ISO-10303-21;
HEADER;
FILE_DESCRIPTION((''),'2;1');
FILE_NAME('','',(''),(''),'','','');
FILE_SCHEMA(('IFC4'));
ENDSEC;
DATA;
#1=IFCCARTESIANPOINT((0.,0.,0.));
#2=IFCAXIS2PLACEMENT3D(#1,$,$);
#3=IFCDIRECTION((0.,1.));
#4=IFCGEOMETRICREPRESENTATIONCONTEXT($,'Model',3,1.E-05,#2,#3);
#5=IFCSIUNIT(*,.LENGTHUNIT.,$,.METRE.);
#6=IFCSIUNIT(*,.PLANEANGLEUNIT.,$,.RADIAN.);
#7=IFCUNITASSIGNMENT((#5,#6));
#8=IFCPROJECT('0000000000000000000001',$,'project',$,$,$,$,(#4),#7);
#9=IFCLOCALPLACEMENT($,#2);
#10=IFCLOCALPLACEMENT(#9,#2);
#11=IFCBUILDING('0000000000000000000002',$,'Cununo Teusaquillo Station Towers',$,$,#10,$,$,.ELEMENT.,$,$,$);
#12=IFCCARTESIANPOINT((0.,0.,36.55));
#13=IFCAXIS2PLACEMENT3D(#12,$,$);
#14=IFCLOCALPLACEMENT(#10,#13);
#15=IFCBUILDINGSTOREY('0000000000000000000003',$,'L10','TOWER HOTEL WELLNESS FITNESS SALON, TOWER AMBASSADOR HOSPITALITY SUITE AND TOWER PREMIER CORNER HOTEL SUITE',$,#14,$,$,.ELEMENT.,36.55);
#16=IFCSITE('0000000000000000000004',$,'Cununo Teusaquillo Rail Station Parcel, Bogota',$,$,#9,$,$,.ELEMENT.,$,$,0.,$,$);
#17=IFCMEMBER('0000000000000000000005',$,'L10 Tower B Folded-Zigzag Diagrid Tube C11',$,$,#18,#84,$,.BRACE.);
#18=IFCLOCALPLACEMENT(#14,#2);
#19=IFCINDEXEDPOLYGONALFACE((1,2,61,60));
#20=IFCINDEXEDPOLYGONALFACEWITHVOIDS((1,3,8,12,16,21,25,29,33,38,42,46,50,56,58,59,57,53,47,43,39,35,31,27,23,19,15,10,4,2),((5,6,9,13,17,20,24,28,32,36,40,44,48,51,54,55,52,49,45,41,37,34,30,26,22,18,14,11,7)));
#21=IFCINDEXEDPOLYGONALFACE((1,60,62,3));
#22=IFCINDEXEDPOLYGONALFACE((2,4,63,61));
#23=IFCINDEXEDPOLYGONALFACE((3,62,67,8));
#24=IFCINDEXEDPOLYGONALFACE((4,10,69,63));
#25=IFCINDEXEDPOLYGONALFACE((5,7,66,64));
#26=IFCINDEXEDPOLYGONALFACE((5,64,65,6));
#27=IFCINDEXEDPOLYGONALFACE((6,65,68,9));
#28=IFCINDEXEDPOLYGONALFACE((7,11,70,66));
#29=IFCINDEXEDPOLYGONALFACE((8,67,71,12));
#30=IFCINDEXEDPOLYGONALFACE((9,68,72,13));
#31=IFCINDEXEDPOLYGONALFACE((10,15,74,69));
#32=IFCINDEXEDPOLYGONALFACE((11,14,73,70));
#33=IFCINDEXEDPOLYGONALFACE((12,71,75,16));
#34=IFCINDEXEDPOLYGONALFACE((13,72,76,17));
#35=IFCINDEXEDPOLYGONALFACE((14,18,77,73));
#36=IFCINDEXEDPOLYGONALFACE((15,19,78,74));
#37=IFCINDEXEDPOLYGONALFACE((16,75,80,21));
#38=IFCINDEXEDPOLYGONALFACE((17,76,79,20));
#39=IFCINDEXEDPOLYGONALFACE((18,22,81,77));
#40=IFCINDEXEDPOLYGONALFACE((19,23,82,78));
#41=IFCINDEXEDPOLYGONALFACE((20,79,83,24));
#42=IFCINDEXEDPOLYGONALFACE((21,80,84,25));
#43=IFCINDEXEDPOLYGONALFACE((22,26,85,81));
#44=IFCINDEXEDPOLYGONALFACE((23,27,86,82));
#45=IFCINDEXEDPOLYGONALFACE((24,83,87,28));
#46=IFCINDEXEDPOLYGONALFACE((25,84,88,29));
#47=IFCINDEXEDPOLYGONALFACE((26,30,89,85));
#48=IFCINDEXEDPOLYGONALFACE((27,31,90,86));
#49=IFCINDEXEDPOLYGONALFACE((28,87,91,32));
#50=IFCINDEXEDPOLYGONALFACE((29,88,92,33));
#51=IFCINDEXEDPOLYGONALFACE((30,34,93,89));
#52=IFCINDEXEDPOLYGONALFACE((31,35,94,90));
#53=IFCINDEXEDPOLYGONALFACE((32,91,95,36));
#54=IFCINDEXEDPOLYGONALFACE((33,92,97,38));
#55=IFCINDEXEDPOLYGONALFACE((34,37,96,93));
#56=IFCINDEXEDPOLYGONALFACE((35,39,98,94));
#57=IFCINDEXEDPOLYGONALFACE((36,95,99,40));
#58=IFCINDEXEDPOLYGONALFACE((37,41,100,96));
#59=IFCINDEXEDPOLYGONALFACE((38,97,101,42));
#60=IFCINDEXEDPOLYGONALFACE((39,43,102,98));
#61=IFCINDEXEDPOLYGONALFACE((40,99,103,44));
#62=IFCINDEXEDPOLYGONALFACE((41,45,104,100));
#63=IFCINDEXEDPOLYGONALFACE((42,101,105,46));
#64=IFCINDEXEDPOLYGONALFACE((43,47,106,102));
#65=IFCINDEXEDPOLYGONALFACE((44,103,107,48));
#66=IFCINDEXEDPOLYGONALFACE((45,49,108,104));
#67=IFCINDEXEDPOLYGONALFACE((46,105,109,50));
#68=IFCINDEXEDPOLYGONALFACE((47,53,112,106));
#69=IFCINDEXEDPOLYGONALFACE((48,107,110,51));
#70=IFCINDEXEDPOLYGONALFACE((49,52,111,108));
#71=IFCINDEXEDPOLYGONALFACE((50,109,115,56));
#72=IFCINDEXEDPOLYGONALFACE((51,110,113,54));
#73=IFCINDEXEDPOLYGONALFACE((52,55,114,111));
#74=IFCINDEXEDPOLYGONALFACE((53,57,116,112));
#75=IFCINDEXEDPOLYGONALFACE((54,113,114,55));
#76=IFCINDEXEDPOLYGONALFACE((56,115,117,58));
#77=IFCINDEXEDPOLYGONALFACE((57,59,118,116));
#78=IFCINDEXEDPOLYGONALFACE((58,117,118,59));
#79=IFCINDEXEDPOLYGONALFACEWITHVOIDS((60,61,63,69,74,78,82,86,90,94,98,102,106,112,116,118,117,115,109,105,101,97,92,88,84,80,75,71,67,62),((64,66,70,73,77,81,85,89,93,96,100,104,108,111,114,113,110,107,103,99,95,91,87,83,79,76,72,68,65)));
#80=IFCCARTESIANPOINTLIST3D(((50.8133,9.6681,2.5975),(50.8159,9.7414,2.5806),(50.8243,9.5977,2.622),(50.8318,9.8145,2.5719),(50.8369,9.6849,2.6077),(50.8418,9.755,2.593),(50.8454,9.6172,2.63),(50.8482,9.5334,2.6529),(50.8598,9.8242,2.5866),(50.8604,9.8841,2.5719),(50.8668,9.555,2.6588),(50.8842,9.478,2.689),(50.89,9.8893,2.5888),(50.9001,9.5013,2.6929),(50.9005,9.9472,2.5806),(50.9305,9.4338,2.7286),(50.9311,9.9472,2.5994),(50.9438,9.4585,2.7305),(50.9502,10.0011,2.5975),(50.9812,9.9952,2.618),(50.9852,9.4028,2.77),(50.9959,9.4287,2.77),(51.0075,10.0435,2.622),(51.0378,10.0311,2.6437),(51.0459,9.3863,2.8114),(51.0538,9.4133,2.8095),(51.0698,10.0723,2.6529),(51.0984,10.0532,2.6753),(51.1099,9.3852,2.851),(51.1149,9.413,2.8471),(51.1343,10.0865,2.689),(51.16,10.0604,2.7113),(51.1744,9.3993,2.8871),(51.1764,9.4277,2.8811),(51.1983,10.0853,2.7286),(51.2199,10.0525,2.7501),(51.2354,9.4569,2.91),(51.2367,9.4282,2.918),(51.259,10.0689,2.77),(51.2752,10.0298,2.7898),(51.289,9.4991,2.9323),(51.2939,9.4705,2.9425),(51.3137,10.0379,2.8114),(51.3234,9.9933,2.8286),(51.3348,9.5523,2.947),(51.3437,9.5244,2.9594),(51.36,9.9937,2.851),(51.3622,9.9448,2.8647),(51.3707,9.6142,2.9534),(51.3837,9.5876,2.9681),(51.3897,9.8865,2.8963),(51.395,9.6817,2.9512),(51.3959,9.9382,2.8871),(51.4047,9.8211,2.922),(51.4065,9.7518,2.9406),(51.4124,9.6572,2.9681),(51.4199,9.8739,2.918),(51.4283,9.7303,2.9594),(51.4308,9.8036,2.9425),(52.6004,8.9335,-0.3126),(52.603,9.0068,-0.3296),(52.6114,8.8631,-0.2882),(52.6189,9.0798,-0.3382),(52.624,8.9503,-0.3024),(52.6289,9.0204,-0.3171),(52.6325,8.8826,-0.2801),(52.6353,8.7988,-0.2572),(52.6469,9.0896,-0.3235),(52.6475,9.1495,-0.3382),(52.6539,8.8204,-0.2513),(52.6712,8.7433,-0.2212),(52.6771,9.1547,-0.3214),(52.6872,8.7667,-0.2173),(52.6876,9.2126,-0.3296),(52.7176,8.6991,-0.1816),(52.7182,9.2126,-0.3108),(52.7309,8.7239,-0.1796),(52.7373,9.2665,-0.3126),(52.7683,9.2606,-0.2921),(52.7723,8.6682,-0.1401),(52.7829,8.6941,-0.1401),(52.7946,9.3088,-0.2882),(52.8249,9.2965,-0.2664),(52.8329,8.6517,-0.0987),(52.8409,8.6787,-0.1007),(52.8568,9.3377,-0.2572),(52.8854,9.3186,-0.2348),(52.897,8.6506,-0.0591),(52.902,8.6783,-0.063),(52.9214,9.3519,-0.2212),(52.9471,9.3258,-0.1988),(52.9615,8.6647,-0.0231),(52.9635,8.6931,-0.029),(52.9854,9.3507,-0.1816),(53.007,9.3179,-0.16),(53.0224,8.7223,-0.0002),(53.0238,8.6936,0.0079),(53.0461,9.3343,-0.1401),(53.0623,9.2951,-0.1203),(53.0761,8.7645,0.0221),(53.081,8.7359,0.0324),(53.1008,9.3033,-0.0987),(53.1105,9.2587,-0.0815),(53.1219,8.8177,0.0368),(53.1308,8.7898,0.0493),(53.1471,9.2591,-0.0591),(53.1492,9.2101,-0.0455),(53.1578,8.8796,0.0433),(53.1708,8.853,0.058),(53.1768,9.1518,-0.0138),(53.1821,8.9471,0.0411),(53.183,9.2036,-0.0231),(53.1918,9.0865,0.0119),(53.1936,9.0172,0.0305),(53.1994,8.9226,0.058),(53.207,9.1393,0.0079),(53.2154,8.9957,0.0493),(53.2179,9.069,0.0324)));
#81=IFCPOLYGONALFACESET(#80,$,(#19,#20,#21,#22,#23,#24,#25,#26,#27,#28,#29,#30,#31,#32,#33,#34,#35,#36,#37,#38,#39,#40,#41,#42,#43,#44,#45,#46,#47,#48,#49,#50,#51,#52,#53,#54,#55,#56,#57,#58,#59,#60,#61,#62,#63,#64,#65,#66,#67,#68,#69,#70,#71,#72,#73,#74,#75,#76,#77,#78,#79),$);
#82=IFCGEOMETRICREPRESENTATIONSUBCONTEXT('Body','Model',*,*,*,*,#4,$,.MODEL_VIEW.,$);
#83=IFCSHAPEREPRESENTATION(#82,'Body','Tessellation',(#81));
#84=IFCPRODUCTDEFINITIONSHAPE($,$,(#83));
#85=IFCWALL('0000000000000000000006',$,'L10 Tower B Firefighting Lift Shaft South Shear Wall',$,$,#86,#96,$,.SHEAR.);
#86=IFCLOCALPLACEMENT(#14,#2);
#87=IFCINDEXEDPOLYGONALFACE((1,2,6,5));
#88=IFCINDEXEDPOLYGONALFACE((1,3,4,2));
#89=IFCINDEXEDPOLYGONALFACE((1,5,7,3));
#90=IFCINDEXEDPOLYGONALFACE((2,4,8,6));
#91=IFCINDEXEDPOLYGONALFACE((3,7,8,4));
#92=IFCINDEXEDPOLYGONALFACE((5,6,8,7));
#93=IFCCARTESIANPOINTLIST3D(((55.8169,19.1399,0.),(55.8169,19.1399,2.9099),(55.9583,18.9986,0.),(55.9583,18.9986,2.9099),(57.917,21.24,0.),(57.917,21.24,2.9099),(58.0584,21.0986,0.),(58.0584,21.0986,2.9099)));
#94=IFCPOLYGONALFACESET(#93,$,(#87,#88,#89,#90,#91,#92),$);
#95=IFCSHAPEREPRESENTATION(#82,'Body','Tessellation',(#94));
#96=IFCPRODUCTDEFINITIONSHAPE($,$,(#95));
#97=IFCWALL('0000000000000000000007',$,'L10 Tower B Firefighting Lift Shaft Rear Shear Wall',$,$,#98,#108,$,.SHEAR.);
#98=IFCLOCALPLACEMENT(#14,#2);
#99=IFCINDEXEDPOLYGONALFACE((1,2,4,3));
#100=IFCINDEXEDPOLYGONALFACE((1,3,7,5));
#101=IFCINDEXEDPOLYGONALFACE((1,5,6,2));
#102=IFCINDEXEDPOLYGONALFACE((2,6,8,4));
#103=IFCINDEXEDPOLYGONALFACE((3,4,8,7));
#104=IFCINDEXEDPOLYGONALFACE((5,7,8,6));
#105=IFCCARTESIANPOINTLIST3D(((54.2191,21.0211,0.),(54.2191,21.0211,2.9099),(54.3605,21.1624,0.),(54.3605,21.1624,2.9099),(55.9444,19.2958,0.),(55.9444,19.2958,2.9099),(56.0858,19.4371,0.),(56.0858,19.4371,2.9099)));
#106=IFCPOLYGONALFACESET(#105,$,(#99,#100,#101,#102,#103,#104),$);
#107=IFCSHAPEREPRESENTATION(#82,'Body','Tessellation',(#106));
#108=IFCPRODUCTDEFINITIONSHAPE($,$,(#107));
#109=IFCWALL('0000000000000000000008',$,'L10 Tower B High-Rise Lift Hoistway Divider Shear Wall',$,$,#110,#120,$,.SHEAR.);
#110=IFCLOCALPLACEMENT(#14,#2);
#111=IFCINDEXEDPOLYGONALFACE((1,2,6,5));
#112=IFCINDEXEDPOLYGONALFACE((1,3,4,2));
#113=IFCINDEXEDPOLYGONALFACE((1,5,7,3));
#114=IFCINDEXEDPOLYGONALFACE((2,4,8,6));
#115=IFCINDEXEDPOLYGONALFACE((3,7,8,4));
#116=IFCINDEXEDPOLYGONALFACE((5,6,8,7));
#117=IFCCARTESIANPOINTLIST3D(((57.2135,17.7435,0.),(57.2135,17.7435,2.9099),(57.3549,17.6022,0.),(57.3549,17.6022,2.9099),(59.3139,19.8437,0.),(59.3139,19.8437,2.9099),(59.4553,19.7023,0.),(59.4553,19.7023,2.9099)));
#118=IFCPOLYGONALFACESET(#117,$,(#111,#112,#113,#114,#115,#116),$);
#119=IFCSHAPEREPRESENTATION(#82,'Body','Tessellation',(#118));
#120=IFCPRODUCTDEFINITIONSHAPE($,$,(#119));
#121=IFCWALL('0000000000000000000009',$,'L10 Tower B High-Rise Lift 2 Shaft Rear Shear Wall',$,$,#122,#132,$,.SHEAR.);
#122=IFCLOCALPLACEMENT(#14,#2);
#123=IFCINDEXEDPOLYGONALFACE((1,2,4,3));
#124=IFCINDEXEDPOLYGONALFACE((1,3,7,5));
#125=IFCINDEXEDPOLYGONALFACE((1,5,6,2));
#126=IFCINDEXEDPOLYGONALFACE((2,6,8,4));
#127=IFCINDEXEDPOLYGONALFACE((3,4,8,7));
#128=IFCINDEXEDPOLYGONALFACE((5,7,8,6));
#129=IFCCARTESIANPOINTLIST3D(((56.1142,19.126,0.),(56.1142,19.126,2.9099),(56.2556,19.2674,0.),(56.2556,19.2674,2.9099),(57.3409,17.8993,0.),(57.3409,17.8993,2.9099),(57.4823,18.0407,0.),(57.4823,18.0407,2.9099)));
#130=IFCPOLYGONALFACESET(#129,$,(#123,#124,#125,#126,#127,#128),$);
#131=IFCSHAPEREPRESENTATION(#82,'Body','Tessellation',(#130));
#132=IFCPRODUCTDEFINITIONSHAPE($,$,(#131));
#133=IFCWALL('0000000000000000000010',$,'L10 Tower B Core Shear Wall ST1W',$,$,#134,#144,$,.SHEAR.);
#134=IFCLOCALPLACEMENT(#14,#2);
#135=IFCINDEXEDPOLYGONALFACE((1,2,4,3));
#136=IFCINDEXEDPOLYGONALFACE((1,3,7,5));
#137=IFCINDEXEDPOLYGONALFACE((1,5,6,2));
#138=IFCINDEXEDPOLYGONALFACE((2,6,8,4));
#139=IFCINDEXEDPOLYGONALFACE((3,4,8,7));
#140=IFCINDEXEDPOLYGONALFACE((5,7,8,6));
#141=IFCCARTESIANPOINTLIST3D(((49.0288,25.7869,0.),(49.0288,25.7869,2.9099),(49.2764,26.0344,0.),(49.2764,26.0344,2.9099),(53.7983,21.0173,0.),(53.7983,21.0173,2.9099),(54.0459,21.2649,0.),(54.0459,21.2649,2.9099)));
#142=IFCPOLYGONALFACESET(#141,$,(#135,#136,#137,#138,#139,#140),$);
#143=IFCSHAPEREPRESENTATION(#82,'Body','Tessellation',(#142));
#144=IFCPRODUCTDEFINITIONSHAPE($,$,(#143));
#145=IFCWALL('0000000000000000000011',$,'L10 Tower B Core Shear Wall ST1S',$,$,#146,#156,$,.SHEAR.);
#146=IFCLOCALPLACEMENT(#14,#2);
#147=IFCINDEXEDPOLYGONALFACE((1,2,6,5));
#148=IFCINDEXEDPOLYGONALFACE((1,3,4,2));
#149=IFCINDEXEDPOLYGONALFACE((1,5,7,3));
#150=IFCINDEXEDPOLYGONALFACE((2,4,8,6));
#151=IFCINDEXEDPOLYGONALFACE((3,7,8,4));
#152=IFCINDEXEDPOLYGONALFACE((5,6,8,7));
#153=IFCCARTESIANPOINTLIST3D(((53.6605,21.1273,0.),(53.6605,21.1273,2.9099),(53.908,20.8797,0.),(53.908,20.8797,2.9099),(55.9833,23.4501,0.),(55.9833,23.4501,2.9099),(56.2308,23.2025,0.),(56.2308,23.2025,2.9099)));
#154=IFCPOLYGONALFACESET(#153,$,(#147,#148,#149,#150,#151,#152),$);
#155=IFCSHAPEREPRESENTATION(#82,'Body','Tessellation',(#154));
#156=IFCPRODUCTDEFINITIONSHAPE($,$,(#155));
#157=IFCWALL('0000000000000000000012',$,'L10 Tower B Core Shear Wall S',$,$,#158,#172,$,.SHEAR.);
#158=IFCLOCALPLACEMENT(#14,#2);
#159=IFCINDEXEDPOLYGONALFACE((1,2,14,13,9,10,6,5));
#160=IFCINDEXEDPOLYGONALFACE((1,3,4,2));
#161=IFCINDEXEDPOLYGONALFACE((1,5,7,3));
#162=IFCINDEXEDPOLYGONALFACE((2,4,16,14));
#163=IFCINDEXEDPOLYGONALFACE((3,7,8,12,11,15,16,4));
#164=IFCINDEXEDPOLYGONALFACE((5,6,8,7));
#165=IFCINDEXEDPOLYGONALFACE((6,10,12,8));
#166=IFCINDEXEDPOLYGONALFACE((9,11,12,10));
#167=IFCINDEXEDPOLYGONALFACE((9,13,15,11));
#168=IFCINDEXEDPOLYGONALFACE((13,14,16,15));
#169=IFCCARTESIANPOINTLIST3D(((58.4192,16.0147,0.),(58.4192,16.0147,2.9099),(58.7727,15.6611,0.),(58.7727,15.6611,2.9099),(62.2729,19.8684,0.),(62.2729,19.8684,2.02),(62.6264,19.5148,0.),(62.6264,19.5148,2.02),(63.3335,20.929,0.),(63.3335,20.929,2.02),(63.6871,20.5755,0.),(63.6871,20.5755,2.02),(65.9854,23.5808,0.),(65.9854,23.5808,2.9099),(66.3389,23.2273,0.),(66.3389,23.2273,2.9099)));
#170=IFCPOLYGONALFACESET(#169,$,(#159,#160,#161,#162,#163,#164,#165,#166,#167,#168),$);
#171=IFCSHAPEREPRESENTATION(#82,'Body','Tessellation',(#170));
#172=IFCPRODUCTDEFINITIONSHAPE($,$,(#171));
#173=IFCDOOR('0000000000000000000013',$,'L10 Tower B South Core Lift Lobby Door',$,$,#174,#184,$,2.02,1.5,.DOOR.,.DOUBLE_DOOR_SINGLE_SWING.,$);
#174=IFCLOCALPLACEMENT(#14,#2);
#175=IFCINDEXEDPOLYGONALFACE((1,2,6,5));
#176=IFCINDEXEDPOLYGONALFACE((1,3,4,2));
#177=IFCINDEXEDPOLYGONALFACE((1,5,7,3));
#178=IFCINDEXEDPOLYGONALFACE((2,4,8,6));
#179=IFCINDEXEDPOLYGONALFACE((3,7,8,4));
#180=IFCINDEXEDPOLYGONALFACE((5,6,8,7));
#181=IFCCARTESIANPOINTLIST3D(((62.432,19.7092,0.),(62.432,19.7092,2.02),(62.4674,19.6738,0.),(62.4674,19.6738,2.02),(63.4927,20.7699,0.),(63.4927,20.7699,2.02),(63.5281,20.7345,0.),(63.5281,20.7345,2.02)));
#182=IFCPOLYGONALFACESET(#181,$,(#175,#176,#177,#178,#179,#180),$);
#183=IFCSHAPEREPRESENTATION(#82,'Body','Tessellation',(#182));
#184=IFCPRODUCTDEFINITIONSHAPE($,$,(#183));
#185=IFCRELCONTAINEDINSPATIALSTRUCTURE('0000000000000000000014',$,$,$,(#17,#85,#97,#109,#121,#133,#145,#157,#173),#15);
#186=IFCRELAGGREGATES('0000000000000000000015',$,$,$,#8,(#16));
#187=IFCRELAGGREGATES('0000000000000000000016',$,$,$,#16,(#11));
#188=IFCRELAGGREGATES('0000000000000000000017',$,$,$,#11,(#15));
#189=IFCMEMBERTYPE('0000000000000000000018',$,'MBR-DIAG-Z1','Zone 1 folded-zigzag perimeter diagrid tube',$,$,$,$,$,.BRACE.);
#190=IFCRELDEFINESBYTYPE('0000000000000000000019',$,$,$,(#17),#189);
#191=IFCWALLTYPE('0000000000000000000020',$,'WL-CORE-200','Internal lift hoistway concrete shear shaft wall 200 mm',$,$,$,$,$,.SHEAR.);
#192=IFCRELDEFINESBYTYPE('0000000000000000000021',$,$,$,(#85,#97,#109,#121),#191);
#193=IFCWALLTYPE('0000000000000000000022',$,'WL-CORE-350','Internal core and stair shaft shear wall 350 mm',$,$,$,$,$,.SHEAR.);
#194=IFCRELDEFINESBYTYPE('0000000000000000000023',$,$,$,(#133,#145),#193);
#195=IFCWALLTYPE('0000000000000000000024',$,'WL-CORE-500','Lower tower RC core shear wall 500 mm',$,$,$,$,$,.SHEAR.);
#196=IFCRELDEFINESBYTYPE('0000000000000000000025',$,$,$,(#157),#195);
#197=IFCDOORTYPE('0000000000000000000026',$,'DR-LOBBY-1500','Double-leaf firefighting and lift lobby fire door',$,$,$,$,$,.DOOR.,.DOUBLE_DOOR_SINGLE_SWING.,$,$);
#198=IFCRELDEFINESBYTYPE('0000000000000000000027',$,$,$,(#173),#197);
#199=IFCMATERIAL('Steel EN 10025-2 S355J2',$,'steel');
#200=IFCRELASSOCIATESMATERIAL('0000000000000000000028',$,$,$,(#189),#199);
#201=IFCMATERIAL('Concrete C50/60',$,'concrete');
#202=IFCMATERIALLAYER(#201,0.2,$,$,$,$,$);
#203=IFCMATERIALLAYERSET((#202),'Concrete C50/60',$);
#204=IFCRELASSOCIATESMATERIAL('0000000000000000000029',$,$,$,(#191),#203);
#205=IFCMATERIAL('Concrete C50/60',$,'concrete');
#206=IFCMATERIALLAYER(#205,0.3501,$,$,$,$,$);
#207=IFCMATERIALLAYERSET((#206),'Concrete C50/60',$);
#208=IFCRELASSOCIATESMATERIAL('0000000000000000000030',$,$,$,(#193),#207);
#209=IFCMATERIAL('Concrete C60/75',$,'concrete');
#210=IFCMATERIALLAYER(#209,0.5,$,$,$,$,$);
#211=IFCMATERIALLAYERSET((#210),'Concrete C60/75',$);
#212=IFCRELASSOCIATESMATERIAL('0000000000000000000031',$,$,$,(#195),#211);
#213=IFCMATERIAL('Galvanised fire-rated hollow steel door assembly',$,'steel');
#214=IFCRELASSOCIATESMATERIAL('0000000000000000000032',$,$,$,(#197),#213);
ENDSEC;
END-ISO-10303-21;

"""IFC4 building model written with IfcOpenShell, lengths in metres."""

from ifc_helpers import new_model, si_unit, direction, frame, frame_2d, origin, origin_2d, place, context, subcontext, project, spatial, rectangle, hollow_circle, extrude, source, transform, mapped, material, layer, layer_set, material_profile, profile_set, type_object, element, fill, save


model = new_model("IFC4")

# Units and contexts
model_context = context("Model", 3, precision=1e-05, world=origin(), true_north=direction((0.0, 1.0)))
body_context = subcontext(model_context, "Body", "Model", "MODEL_VIEW")
ifc_project = project(units=[si_unit("LENGTHUNIT", "METRE"), si_unit("PLANEANGLEUNIT", "RADIAN")], contexts=[model_context])

# Site, building, storey
site_placement = place(None, origin())
site = spatial("IfcSite", under=ifc_project, at=site_placement, Name="Cununo Teusaquillo Rail Station Parcel, Bogota", CompositionType="ELEMENT", RefElevation=0.0)
building_placement = place(site_placement, origin())
building = spatial("IfcBuilding", under=site, at=building_placement, Name="Cununo Teusaquillo Station Towers", CompositionType="ELEMENT")
storey_placement = place(building_placement, frame((0.0, 0.0, 36.55)))
storey = spatial("IfcBuildingStorey", under=building, at=storey_placement, Name="L10", Description="TOWER HOTEL WELLNESS FITNESS SALON, TOWER AMBASSADOR HOSPITALITY SUITE AND TOWER PREMIER CORNER HOTEL SUITE", CompositionType="ELEMENT", Elevation=36.55)

# Member
ifc_material_1 = material(Name="Steel EN 10025-2 S355J2", Category="steel")
ifc_material_profile_1 = material_profile(ifc_material_1, hollow_circle(Radius=0.3601, WallThickness=0.0281, at=origin_2d()), Name="CHS 720x28")
ifc_profile_set_1 = profile_set([ifc_material_profile_1], Name="Steel EN 10025-2 S355J2")
member_type = type_object("IfcMemberType", Name="MBR-DIAG-Z1", Description="Zone 1 folded-zigzag perimeter diagrid tube", PredefinedType="BRACE", material=ifc_profile_set_1)
member_placement = place(storey_placement, frame((52.9092, 9.0012, -0.1401), z_axis=(-0.511597, 0.2103, 0.833092), x_axis=(-0.380197, -0.924906, 0.0)))
element("IfcMember", 1, at=member_placement, inside=storey, type_object=member_type, Name="L10 Tower B Folded-Zigzag Diagrid Tube C11", PredefinedType="BRACE", context=body_context, shape_type="SweptSolid", body=[
    extrude(hollow_circle(Radius=0.3601, WallThickness=0.0281, at=origin_2d()), origin(), (0.0, 0.0, 1.0), 3.4932),
])

# Walls
ifc_material_2 = material(Name="Concrete C50/60", Category="concrete")
ifc_layer_1 = layer(ifc_material_2, 0.2)
ifc_layer_set_1 = layer_set([ifc_layer_1], Name="Concrete C50/60")
wall_type_1 = type_object("IfcWallType", Name="WL-CORE-200", Description="Internal lift hoistway concrete shear shaft wall 200 mm", PredefinedType="SHEAR", material=ifc_layer_set_1)
wall_1_placement = place(storey_placement, frame((55.8877, 19.0693, 0.0), z_axis=(0.0, 0.0, 1.0), x_axis=(0.707107, 0.707107, 0.0)))
element("IfcWall", 2, at=wall_1_placement, inside=storey, type_object=wall_type_1, Name="L10 Tower B Firefighting Lift Shaft South Shear Wall", PredefinedType="SHEAR", context=body_context, shape_type="SweptSolid", body=[
    extrude(rectangle(XDim=2.97, YDim=0.2, at=frame_2d((1.4849, 0.0))), origin(), (0.0, 0.0, 1.0), 2.9099),
])
wall_2_placement = place(storey_placement, frame((56.0151, 19.3665, 0.0), z_axis=(0.0, 0.0, 1.0), x_axis=(-0.707107, 0.707107, 0.0)))
element("IfcWall", 3, at=wall_2_placement, inside=storey, type_object=wall_type_1, Name="L10 Tower B Firefighting Lift Shaft Rear Shear Wall", PredefinedType="SHEAR", context=body_context, shape_type="SweptSolid", body=[
    extrude(rectangle(XDim=2.4399, YDim=0.2, at=frame_2d((1.22, 0.0))), origin(), (0.0, 0.0, 1.0), 2.9099),
])
wall_3_placement = place(storey_placement, frame((57.2842, 17.6729, 0.0), z_axis=(0.0, 0.0, 1.0), x_axis=(0.707148, 0.707066, 0.0)))
element("IfcWall", 4, at=wall_3_placement, inside=storey, type_object=wall_type_1, Name="L10 Tower B High-Rise Lift Hoistway Divider Shear Wall", PredefinedType="SHEAR", context=body_context, shape_type="SweptSolid", body=[
    extrude(rectangle(XDim=2.9702, YDim=0.2, at=frame_2d((1.4851, 0.0))), origin(), (0.0, 0.0, 1.0), 2.9099),
])
wall_4_placement = place(storey_placement, frame((57.4116, 17.97, 0.0), z_axis=(0.0, 0.0, 1.0), x_axis=(-0.707107, 0.707107, 0.0)))
element("IfcWall", 5, at=wall_4_placement, inside=storey, type_object=wall_type_1, Name="L10 Tower B High-Rise Lift 2 Shaft Rear Shear Wall", PredefinedType="SHEAR", context=body_context, shape_type="SweptSolid", body=[
    extrude(rectangle(XDim=1.7349, YDim=0.2, at=frame_2d((0.8674, 0.0))), origin(), (0.0, 0.0, 1.0), 2.9099),
])
ifc_material_3 = material(Name="Concrete C50/60", Category="concrete")
ifc_layer_2 = layer(ifc_material_3, 0.3501)
ifc_layer_set_2 = layer_set([ifc_layer_2], Name="Concrete C50/60")
wall_type_2 = type_object("IfcWallType", Name="WL-CORE-350", Description="Internal core and stair shaft shear wall 350 mm", PredefinedType="SHEAR", material=ifc_layer_set_2)
wall_5_placement = place(storey_placement, frame((53.9221, 21.1411, 0.0), z_axis=(0.0, 0.0, 1.0), x_axis=(-0.707107, 0.707107, 0.0)))
element("IfcWall", 6, at=wall_5_placement, inside=storey, type_object=wall_type_2, Name="L10 Tower B Core Shear Wall ST1W", PredefinedType="SHEAR", context=body_context, shape_type="SweptSolid", body=[
    extrude(rectangle(XDim=6.7451, YDim=0.3501, at=frame_2d((3.3726, 0.0))), origin(), (0.0, 0.0, 1.0), 2.9099),
])
wall_6_placement = place(storey_placement, frame((53.7842, 21.0034, 0.0), z_axis=(0.0, 0.0, 1.0), x_axis=(0.707107, 0.707107, 0.0)))
element("IfcWall", 7, at=wall_6_placement, inside=storey, type_object=wall_type_2, Name="L10 Tower B Core Shear Wall ST1S", PredefinedType="SHEAR", context=body_context, shape_type="SweptSolid", body=[
    extrude(rectangle(XDim=3.2849, YDim=0.3501, at=frame_2d((1.6426, 0.0))), origin(), (0.0, 0.0, 1.0), 2.9099),
])

# Wall, opening, door
ifc_material_4 = material(Name="Concrete C60/75", Category="concrete")
ifc_layer_3 = layer(ifc_material_4, 0.5)
ifc_layer_set_3 = layer_set([ifc_layer_3], Name="Concrete C60/75")
wall_type_3 = type_object("IfcWallType", Name="WL-CORE-500", Description="Lower tower RC core shear wall 500 mm", PredefinedType="SHEAR", material=ifc_layer_set_3)
wall_7_placement = place(storey_placement, frame((58.5959, 15.8379, 0.0), z_axis=(0.0, 0.0, 1.0), x_axis=(0.707107, 0.707107, 0.0)))
wall_7 = element("IfcWall", 8, at=wall_7_placement, inside=storey, type_object=wall_type_3, Name="L10 Tower B Core Shear Wall S", PredefinedType="SHEAR", context=body_context, shape_type="SweptSolid", body=[
    extrude(rectangle(XDim=10.7002, YDim=0.5, at=frame_2d((5.3501, 0.0))), origin(), (0.0, 0.0, 1.0), 2.9099),
])
shared_shape_1 = source(origin(), body_context, "Body", "SweptSolid", [
    extrude(rectangle(XDim=1.5, YDim=2.02, at=frame_2d((0.75, 1.01))), frame((0.0, 0.26, 0.0), z_axis=(0.0, -1.0, 0.0), x_axis=(1.0, 0.0, 0.0)), (0.0, 0.0, 1.0), 0.52),
])
opening_1_placement = place(wall_7_placement, frame((5.45, 0.0, 0.0)))
opening_1 = element("IfcOpeningElement", 9, at=opening_1_placement, cuts=wall_7, PredefinedType="OPENING", context=body_context, shape_type="MappedRepresentation", body=[
    mapped(shared_shape_1, transform((0.0, 0.0, 0.0), x_axis=(1.0, 0.0, 0.0), y_axis=(0.0, 1.0, 0.0), z_axis=(0.0, 0.0, 1.0), scale=1.0)),
])
ifc_material_5 = material(Name="Galvanised fire-rated hollow steel door assembly", Category="steel")
door_type_1 = type_object("IfcDoorType", Name="DR-LOBBY-1500", Description="Double-leaf firefighting and lift lobby fire door", OperationType="DOUBLE_DOOR_SINGLE_SWING", PredefinedType="DOOR", material=ifc_material_5)
shared_shape_2 = source(origin(), body_context, "Body", "SweptSolid", [
    extrude(rectangle(XDim=1.5, YDim=2.02, at=frame_2d((0.75, 1.01))), frame((0.0, 0.0249, 0.0), z_axis=(0.0, -1.0, 0.0), x_axis=(1.0, 0.0, 0.0)), (0.0, 0.0, 1.0), 0.05),
])
door_1_placement = place(opening_1_placement, origin())
door_1 = element("IfcDoor", 10, at=door_1_placement, inside=storey, type_object=door_type_1, Name="L10 Tower B South Core Lift Lobby Door", OperationType="DOUBLE_DOOR_SINGLE_SWING", OverallHeight=2.02, OverallWidth=1.5, PredefinedType="DOOR", context=body_context, shape_type="MappedRepresentation", body=[
    mapped(shared_shape_2, transform((0.0, 0.0, 0.0), x_axis=(1.0, 0.0, 0.0), y_axis=(0.0, 1.0, 0.0), z_axis=(0.0, 0.0, 1.0), scale=1.0)),
])
fill(opening_1, door_1)

save(model, "model.ifc")
